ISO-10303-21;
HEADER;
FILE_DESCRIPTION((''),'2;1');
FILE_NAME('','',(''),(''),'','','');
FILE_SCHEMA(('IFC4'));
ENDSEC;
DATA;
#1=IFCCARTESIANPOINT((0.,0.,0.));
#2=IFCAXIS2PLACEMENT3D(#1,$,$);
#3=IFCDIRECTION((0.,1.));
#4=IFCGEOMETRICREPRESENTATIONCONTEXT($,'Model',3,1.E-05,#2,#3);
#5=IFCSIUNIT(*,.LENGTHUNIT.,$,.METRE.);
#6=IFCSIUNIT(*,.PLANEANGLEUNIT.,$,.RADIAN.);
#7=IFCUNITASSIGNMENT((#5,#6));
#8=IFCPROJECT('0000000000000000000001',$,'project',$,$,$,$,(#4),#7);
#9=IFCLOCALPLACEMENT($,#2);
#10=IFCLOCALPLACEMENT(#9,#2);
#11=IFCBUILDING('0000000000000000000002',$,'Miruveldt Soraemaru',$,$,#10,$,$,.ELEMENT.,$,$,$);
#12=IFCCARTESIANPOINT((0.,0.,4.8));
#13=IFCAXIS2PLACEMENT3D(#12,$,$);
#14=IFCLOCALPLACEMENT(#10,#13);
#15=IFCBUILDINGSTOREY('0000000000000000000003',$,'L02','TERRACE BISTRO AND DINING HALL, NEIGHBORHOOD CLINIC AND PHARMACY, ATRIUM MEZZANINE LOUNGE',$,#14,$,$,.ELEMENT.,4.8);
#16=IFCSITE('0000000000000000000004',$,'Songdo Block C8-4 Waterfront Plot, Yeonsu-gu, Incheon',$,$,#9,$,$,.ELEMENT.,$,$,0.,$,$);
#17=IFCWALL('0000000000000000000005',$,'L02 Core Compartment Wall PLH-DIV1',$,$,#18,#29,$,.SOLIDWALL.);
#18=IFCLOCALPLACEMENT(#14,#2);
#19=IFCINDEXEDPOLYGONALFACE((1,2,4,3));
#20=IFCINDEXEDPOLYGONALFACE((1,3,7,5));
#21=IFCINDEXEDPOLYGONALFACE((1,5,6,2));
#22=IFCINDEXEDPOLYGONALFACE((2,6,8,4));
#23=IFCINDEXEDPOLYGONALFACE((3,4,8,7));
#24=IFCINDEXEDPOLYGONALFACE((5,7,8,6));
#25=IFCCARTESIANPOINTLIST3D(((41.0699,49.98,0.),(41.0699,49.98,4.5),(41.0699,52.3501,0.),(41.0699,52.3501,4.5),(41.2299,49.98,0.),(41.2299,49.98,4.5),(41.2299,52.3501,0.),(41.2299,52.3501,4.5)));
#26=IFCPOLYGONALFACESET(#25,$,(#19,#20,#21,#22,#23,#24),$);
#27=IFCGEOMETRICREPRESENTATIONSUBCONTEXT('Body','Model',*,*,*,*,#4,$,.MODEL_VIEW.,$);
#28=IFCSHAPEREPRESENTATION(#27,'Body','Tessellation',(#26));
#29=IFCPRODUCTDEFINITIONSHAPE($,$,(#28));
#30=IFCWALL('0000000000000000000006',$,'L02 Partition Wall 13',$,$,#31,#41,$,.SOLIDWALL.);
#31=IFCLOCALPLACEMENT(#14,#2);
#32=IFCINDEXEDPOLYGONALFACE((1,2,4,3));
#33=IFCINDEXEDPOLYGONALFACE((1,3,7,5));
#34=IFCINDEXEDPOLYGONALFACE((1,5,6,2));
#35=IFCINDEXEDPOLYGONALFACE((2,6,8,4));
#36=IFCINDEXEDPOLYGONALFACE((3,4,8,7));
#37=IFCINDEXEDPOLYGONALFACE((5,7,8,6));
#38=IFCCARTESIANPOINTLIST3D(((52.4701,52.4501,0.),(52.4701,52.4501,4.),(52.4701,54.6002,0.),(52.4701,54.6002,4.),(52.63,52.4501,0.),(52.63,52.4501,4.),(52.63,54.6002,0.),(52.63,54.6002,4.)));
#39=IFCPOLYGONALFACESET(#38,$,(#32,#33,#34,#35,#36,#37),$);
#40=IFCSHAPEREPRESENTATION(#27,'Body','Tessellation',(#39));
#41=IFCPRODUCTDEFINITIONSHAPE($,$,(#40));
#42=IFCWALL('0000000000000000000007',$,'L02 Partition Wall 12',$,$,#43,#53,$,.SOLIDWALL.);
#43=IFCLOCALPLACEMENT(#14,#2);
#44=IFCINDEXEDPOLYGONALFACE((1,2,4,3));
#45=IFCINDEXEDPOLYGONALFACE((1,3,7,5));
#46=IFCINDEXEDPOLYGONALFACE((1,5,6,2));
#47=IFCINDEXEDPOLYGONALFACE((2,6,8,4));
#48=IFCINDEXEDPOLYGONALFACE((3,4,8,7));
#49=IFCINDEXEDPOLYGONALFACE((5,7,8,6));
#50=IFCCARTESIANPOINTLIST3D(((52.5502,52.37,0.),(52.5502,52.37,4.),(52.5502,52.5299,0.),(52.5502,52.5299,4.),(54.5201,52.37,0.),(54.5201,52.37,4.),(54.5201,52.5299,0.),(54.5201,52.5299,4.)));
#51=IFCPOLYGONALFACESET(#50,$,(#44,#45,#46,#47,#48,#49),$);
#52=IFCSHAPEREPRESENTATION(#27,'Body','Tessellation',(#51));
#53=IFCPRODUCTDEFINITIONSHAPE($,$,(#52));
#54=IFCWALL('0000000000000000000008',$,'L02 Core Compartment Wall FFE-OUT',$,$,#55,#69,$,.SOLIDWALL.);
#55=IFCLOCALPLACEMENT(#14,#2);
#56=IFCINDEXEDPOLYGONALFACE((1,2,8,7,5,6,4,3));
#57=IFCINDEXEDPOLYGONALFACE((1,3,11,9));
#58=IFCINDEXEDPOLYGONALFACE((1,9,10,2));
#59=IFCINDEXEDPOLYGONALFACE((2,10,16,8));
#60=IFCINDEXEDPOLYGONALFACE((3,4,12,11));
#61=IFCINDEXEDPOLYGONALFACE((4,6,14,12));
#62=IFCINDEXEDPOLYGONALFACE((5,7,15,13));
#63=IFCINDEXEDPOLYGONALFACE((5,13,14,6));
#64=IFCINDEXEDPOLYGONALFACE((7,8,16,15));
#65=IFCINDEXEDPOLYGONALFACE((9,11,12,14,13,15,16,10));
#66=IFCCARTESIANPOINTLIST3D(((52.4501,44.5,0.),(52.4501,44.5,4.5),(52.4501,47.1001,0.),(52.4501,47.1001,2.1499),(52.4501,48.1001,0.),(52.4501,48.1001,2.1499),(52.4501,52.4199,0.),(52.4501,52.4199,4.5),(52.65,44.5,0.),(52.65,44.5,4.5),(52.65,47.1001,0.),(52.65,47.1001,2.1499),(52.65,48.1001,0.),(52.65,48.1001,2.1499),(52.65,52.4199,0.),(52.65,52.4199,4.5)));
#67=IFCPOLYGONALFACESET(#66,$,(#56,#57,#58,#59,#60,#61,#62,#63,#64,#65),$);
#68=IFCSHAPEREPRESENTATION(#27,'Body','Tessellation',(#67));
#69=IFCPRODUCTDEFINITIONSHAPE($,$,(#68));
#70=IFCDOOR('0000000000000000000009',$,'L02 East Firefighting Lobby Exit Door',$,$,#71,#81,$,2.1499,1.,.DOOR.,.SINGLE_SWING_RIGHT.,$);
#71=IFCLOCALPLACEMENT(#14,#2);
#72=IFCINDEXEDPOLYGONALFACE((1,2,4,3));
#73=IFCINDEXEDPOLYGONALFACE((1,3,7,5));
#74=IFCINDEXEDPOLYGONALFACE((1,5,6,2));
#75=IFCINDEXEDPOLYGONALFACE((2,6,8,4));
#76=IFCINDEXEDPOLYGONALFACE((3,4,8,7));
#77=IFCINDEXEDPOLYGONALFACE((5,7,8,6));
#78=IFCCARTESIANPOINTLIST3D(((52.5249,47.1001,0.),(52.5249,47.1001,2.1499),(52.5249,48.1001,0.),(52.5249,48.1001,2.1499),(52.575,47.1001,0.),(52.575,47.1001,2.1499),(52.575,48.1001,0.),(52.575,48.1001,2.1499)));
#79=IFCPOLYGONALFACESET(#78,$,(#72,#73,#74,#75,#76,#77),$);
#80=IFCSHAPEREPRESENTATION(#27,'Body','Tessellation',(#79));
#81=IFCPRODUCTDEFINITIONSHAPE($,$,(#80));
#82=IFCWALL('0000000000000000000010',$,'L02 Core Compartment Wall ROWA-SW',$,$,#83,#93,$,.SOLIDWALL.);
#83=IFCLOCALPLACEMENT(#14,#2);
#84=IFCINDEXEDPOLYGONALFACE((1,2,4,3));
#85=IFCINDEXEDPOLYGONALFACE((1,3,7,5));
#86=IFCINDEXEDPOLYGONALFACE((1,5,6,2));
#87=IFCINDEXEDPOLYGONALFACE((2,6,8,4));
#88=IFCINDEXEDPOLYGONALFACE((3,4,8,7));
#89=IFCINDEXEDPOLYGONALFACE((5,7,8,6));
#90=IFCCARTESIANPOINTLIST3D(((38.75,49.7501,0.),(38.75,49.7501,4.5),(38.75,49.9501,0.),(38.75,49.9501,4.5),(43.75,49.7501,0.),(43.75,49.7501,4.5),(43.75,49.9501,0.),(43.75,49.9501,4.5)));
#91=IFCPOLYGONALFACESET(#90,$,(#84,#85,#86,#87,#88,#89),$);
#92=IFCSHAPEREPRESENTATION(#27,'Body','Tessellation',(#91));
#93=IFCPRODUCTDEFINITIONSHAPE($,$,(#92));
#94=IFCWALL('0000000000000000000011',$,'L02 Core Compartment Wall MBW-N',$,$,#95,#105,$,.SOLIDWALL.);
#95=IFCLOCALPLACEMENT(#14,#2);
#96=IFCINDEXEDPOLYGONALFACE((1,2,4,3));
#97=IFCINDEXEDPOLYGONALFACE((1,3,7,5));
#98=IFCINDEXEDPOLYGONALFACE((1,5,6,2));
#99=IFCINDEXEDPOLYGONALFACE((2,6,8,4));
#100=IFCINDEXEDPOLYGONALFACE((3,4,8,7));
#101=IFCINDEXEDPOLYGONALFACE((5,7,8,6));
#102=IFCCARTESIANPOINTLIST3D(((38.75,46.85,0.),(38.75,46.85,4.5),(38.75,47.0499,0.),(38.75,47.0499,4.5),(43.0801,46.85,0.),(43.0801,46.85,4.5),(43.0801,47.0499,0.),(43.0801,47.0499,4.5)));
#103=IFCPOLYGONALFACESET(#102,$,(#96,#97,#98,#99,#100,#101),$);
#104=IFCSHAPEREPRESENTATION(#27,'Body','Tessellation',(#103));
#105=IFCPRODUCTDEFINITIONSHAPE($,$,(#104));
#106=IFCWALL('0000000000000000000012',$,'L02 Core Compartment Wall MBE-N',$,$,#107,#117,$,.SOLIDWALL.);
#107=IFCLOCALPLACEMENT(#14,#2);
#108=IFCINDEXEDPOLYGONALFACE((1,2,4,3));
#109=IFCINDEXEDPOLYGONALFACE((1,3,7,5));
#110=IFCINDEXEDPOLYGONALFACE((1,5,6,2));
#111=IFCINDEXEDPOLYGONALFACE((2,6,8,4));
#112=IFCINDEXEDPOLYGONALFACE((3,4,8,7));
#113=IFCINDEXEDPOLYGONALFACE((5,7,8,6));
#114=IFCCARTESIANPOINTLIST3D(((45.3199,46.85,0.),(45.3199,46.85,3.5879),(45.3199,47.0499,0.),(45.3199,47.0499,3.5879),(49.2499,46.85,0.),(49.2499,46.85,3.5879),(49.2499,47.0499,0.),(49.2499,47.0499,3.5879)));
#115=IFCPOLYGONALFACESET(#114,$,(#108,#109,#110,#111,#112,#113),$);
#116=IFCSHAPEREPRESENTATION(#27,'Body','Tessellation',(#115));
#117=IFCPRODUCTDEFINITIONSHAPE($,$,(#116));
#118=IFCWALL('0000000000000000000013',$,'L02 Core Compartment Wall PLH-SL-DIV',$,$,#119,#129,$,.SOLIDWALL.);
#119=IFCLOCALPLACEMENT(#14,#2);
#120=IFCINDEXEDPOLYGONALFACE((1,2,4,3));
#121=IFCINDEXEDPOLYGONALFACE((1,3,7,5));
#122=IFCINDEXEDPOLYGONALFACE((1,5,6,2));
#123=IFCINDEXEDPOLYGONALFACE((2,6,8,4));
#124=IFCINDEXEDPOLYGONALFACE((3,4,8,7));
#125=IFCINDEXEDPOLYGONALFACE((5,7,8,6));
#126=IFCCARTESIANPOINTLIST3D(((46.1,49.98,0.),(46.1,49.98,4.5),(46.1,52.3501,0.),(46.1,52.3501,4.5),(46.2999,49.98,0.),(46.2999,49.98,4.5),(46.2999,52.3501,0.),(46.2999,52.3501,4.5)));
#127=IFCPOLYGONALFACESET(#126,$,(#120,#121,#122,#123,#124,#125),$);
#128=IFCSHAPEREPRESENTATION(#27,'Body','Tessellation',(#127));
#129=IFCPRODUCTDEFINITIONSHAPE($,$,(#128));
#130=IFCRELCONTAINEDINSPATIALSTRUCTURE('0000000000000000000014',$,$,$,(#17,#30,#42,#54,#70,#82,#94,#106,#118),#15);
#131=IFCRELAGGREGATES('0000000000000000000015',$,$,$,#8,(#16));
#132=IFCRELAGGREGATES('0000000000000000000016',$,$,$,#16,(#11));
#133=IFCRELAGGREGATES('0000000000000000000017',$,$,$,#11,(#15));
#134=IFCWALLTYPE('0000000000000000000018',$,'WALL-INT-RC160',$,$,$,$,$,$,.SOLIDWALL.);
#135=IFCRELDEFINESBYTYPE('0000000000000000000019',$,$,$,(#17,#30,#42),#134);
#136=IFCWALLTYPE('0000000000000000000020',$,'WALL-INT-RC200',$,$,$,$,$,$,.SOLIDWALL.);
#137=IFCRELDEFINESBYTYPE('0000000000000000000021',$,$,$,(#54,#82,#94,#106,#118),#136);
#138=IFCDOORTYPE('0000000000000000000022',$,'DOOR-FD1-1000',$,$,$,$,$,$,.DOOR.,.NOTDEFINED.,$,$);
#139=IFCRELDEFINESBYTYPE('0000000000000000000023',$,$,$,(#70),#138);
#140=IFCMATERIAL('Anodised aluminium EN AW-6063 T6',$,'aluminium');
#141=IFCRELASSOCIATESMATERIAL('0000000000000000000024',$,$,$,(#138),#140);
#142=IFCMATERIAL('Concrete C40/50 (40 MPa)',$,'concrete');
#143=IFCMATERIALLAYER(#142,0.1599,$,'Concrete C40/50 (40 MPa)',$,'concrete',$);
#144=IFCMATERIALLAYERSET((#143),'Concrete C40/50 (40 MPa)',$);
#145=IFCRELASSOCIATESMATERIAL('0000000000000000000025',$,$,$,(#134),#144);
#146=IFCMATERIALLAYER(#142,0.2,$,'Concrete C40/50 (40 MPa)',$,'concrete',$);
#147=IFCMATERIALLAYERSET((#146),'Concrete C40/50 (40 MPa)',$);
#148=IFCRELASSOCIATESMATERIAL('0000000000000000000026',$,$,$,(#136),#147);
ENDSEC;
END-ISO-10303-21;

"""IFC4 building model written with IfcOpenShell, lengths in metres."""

from ifc_helpers import new_model, si_unit, direction, frame, frame_2d, origin, place, context, subcontext, project, spatial, rectangle, extrude, material, layer, layer_set, type_object, element, fill, save


model = new_model("IFC4")

# Units and contexts
model_context = context("Model", 3, precision=1e-05, world=origin(), true_north=direction((0.0, 1.0)))
body_context = subcontext(model_context, "Body", "Model", "MODEL_VIEW")
ifc_project = project(units=[si_unit("LENGTHUNIT", "METRE"), si_unit("PLANEANGLEUNIT", "RADIAN")], contexts=[model_context])

# Site, building, storey
site_placement = place(None, origin())
site = spatial("IfcSite", under=ifc_project, at=site_placement, Name="Songdo Block C8-4 Waterfront Plot, Yeonsu-gu, Incheon", CompositionType="ELEMENT", RefElevation=0.0)
building_placement = place(site_placement, origin())
building = spatial("IfcBuilding", under=site, at=building_placement, Name="Miruveldt Soraemaru", CompositionType="ELEMENT")
storey_placement = place(building_placement, frame((0.0, 0.0, 4.8)))
storey = spatial("IfcBuildingStorey", under=building, at=storey_placement, Name="L02", Description="TERRACE BISTRO AND DINING HALL, NEIGHBORHOOD CLINIC AND PHARMACY, ATRIUM MEZZANINE LOUNGE", CompositionType="ELEMENT", Elevation=4.8)

# Shared definitions
ifc_material_1 = material(Name="Anodised aluminium EN AW-6063 T6", Category="aluminium")
door_type_1 = type_object("IfcDoorType", Name="DOOR-FD1-1000", OperationType="NOTDEFINED", PredefinedType="DOOR", material=ifc_material_1)

# Shared definitions
ifc_material_2 = material(Name="Concrete C40/50 (40 MPa)", Category="concrete")
ifc_layer_1 = layer(ifc_material_2, 0.1599, Name="Concrete C40/50 (40 MPa)", Category="concrete")
ifc_layer_set_1 = layer_set([ifc_layer_1], Name="Concrete C40/50 (40 MPa)")
wall_type_1 = type_object("IfcWallType", Name="WALL-INT-RC160", PredefinedType="SOLIDWALL", material=ifc_layer_set_1)

# Walls
wall_1_placement = place(storey_placement, frame((41.1499, 49.98, 0.0), z_axis=(0.0, 0.0, 1.0), x_axis=(0.0, 1.0, 0.0)))
element("IfcWall", 1, at=wall_1_placement, inside=storey, type_object=wall_type_1, Name="L02 Core Compartment Wall PLH-DIV1", PredefinedType="SOLIDWALL", context=body_context, shape_type="SweptSolid", body=[
    extrude(rectangle(XDim=2.3701, YDim=0.1599, at=frame_2d((1.1851, 0.0))), origin(), (0.0, 0.0, 1.0), 4.5),
])
wall_2_placement = place(storey_placement, frame((52.55, 52.45, 0.0), z_axis=(0.0, 0.0, 1.0), x_axis=(0.0, 1.0, 0.0)))
element("IfcWall", 2, at=wall_2_placement, inside=storey, type_object=wall_type_1, Name="L02 Partition Wall 13", PredefinedType="SOLIDWALL", context=body_context, shape_type="SweptSolid", body=[
    extrude(rectangle(XDim=2.1501, YDim=0.1599, at=frame_2d((1.0752, 0.0))), origin(), (0.0, 0.0, 1.0), 4.0),
])
wall_3_placement = place(storey_placement, frame((54.52, 52.45, 0.0), z_axis=(0.0, 0.0, 1.0), x_axis=(-1.0, 0.0, 0.0)))
element("IfcWall", 3, at=wall_3_placement, inside=storey, type_object=wall_type_1, Name="L02 Partition Wall 12", PredefinedType="SOLIDWALL", context=body_context, shape_type="SweptSolid", body=[
    extrude(rectangle(XDim=1.97, YDim=0.1599, at=frame_2d((0.9849, 0.0))), origin(), (0.0, 0.0, 1.0), 4.0),
])

# Wall, opening, door
ifc_layer_2 = layer(ifc_material_2, 0.2, Name="Concrete C40/50 (40 MPa)", Category="concrete")
ifc_layer_set_2 = layer_set([ifc_layer_2], Name="Concrete C40/50 (40 MPa)")
wall_type_2 = type_object("IfcWallType", Name="WALL-INT-RC200", PredefinedType="SOLIDWALL", material=ifc_layer_set_2)
wall_4_placement = place(storey_placement, frame((52.55, 44.5, 0.0), z_axis=(0.0, 0.0, 1.0), x_axis=(0.0, 1.0, 0.0)))
wall_4 = element("IfcWall", 4, at=wall_4_placement, inside=storey, type_object=wall_type_2, Name="L02 Core Compartment Wall FFE-OUT", PredefinedType="SOLIDWALL", context=body_context, shape_type="SweptSolid", body=[
    extrude(rectangle(XDim=7.9199, YDim=0.2, at=frame_2d((3.96, 0.0))), origin(), (0.0, 0.0, 1.0), 4.5),
])
opening_1_placement = place(wall_4_placement, frame((2.6001, 0.0, 0.0)))
opening_1 = element("IfcOpeningElement", 5, at=opening_1_placement, cuts=wall_4, PredefinedType="OPENING", context=body_context, shape_type="SweptSolid", body=[
    extrude(rectangle(XDim=1.0, YDim=2.1499, at=frame_2d((0.5, 1.075))), frame((0.0, 0.1099, 0.0), z_axis=(0.0, -1.0, 0.0), x_axis=(1.0, 0.0, 0.0)), (0.0, 0.0, 1.0), 0.22),
])
door_1_placement = place(opening_1_placement, frame((1.0, 0.0, 0.0), z_axis=(0.0, 0.0, 1.0), x_axis=(-1.0, 0.0, 0.0)))
door_1 = element("IfcDoor", 6, at=door_1_placement, inside=storey, type_object=door_type_1, Name="L02 East Firefighting Lobby Exit Door", OperationType="SINGLE_SWING_RIGHT", OverallHeight=2.1499, OverallWidth=1.0, PredefinedType="DOOR", context=body_context, shape_type="SweptSolid", body=[
    extrude(rectangle(XDim=1.0, YDim=2.1499, at=frame_2d((0.5, 1.075))), frame((0.0, 0.0249, 0.0), z_axis=(0.0, -1.0, 0.0), x_axis=(1.0, 0.0, 0.0)), (0.0, 0.0, 1.0), 0.05),
])
fill(opening_1, door_1)

# Walls
wall_5_placement = place(storey_placement, frame((38.75, 49.8501, 0.0), z_axis=(0.0, 0.0, 1.0), x_axis=(1.0, 0.0, 0.0)))
element("IfcWall", 7, at=wall_5_placement, inside=storey, type_object=wall_type_2, Name="L02 Core Compartment Wall ROWA-SW", PredefinedType="SOLIDWALL", context=body_context, shape_type="SweptSolid", body=[
    extrude(rectangle(XDim=5.0, YDim=0.2, at=frame_2d((2.5, 0.0))), origin(), (0.0, 0.0, 1.0), 4.5),
])
wall_6_placement = place(storey_placement, frame((38.75, 46.95, 0.0), z_axis=(0.0, 0.0, 1.0), x_axis=(1.0, 0.0, 0.0)))
element("IfcWall", 8, at=wall_6_placement, inside=storey, type_object=wall_type_2, Name="L02 Core Compartment Wall MBW-N", PredefinedType="SOLIDWALL", context=body_context, shape_type="SweptSolid", body=[
    extrude(rectangle(XDim=4.3301, YDim=0.2, at=frame_2d((2.165, 0.0))), origin(), (0.0, 0.0, 1.0), 4.5),
])
wall_7_placement = place(storey_placement, frame((45.3201, 46.95, 0.0), z_axis=(0.0, 0.0, 1.0), x_axis=(1.0, 0.0, 0.0)))
element("IfcWall", 9, at=wall_7_placement, inside=storey, type_object=wall_type_2, Name="L02 Core Compartment Wall MBE-N", PredefinedType="SOLIDWALL", context=body_context, shape_type="SweptSolid", body=[
    extrude(rectangle(XDim=3.9299, YDim=0.2, at=frame_2d((1.9648, 0.0))), origin(), (0.0, 0.0, 1.0), 3.5879),
])
wall_8_placement = place(storey_placement, frame((46.2, 49.98, 0.0), z_axis=(0.0, 0.0, 1.0), x_axis=(0.0, 1.0, 0.0)))
element("IfcWall", 10, at=wall_8_placement, inside=storey, type_object=wall_type_2, Name="L02 Core Compartment Wall PLH-SL-DIV", PredefinedType="SOLIDWALL", context=body_context, shape_type="SweptSolid", body=[
    extrude(rectangle(XDim=2.3701, YDim=0.2, at=frame_2d((1.1851, 0.0))), origin(), (0.0, 0.0, 1.0), 4.5),
])

save(model, "model.ifc")
